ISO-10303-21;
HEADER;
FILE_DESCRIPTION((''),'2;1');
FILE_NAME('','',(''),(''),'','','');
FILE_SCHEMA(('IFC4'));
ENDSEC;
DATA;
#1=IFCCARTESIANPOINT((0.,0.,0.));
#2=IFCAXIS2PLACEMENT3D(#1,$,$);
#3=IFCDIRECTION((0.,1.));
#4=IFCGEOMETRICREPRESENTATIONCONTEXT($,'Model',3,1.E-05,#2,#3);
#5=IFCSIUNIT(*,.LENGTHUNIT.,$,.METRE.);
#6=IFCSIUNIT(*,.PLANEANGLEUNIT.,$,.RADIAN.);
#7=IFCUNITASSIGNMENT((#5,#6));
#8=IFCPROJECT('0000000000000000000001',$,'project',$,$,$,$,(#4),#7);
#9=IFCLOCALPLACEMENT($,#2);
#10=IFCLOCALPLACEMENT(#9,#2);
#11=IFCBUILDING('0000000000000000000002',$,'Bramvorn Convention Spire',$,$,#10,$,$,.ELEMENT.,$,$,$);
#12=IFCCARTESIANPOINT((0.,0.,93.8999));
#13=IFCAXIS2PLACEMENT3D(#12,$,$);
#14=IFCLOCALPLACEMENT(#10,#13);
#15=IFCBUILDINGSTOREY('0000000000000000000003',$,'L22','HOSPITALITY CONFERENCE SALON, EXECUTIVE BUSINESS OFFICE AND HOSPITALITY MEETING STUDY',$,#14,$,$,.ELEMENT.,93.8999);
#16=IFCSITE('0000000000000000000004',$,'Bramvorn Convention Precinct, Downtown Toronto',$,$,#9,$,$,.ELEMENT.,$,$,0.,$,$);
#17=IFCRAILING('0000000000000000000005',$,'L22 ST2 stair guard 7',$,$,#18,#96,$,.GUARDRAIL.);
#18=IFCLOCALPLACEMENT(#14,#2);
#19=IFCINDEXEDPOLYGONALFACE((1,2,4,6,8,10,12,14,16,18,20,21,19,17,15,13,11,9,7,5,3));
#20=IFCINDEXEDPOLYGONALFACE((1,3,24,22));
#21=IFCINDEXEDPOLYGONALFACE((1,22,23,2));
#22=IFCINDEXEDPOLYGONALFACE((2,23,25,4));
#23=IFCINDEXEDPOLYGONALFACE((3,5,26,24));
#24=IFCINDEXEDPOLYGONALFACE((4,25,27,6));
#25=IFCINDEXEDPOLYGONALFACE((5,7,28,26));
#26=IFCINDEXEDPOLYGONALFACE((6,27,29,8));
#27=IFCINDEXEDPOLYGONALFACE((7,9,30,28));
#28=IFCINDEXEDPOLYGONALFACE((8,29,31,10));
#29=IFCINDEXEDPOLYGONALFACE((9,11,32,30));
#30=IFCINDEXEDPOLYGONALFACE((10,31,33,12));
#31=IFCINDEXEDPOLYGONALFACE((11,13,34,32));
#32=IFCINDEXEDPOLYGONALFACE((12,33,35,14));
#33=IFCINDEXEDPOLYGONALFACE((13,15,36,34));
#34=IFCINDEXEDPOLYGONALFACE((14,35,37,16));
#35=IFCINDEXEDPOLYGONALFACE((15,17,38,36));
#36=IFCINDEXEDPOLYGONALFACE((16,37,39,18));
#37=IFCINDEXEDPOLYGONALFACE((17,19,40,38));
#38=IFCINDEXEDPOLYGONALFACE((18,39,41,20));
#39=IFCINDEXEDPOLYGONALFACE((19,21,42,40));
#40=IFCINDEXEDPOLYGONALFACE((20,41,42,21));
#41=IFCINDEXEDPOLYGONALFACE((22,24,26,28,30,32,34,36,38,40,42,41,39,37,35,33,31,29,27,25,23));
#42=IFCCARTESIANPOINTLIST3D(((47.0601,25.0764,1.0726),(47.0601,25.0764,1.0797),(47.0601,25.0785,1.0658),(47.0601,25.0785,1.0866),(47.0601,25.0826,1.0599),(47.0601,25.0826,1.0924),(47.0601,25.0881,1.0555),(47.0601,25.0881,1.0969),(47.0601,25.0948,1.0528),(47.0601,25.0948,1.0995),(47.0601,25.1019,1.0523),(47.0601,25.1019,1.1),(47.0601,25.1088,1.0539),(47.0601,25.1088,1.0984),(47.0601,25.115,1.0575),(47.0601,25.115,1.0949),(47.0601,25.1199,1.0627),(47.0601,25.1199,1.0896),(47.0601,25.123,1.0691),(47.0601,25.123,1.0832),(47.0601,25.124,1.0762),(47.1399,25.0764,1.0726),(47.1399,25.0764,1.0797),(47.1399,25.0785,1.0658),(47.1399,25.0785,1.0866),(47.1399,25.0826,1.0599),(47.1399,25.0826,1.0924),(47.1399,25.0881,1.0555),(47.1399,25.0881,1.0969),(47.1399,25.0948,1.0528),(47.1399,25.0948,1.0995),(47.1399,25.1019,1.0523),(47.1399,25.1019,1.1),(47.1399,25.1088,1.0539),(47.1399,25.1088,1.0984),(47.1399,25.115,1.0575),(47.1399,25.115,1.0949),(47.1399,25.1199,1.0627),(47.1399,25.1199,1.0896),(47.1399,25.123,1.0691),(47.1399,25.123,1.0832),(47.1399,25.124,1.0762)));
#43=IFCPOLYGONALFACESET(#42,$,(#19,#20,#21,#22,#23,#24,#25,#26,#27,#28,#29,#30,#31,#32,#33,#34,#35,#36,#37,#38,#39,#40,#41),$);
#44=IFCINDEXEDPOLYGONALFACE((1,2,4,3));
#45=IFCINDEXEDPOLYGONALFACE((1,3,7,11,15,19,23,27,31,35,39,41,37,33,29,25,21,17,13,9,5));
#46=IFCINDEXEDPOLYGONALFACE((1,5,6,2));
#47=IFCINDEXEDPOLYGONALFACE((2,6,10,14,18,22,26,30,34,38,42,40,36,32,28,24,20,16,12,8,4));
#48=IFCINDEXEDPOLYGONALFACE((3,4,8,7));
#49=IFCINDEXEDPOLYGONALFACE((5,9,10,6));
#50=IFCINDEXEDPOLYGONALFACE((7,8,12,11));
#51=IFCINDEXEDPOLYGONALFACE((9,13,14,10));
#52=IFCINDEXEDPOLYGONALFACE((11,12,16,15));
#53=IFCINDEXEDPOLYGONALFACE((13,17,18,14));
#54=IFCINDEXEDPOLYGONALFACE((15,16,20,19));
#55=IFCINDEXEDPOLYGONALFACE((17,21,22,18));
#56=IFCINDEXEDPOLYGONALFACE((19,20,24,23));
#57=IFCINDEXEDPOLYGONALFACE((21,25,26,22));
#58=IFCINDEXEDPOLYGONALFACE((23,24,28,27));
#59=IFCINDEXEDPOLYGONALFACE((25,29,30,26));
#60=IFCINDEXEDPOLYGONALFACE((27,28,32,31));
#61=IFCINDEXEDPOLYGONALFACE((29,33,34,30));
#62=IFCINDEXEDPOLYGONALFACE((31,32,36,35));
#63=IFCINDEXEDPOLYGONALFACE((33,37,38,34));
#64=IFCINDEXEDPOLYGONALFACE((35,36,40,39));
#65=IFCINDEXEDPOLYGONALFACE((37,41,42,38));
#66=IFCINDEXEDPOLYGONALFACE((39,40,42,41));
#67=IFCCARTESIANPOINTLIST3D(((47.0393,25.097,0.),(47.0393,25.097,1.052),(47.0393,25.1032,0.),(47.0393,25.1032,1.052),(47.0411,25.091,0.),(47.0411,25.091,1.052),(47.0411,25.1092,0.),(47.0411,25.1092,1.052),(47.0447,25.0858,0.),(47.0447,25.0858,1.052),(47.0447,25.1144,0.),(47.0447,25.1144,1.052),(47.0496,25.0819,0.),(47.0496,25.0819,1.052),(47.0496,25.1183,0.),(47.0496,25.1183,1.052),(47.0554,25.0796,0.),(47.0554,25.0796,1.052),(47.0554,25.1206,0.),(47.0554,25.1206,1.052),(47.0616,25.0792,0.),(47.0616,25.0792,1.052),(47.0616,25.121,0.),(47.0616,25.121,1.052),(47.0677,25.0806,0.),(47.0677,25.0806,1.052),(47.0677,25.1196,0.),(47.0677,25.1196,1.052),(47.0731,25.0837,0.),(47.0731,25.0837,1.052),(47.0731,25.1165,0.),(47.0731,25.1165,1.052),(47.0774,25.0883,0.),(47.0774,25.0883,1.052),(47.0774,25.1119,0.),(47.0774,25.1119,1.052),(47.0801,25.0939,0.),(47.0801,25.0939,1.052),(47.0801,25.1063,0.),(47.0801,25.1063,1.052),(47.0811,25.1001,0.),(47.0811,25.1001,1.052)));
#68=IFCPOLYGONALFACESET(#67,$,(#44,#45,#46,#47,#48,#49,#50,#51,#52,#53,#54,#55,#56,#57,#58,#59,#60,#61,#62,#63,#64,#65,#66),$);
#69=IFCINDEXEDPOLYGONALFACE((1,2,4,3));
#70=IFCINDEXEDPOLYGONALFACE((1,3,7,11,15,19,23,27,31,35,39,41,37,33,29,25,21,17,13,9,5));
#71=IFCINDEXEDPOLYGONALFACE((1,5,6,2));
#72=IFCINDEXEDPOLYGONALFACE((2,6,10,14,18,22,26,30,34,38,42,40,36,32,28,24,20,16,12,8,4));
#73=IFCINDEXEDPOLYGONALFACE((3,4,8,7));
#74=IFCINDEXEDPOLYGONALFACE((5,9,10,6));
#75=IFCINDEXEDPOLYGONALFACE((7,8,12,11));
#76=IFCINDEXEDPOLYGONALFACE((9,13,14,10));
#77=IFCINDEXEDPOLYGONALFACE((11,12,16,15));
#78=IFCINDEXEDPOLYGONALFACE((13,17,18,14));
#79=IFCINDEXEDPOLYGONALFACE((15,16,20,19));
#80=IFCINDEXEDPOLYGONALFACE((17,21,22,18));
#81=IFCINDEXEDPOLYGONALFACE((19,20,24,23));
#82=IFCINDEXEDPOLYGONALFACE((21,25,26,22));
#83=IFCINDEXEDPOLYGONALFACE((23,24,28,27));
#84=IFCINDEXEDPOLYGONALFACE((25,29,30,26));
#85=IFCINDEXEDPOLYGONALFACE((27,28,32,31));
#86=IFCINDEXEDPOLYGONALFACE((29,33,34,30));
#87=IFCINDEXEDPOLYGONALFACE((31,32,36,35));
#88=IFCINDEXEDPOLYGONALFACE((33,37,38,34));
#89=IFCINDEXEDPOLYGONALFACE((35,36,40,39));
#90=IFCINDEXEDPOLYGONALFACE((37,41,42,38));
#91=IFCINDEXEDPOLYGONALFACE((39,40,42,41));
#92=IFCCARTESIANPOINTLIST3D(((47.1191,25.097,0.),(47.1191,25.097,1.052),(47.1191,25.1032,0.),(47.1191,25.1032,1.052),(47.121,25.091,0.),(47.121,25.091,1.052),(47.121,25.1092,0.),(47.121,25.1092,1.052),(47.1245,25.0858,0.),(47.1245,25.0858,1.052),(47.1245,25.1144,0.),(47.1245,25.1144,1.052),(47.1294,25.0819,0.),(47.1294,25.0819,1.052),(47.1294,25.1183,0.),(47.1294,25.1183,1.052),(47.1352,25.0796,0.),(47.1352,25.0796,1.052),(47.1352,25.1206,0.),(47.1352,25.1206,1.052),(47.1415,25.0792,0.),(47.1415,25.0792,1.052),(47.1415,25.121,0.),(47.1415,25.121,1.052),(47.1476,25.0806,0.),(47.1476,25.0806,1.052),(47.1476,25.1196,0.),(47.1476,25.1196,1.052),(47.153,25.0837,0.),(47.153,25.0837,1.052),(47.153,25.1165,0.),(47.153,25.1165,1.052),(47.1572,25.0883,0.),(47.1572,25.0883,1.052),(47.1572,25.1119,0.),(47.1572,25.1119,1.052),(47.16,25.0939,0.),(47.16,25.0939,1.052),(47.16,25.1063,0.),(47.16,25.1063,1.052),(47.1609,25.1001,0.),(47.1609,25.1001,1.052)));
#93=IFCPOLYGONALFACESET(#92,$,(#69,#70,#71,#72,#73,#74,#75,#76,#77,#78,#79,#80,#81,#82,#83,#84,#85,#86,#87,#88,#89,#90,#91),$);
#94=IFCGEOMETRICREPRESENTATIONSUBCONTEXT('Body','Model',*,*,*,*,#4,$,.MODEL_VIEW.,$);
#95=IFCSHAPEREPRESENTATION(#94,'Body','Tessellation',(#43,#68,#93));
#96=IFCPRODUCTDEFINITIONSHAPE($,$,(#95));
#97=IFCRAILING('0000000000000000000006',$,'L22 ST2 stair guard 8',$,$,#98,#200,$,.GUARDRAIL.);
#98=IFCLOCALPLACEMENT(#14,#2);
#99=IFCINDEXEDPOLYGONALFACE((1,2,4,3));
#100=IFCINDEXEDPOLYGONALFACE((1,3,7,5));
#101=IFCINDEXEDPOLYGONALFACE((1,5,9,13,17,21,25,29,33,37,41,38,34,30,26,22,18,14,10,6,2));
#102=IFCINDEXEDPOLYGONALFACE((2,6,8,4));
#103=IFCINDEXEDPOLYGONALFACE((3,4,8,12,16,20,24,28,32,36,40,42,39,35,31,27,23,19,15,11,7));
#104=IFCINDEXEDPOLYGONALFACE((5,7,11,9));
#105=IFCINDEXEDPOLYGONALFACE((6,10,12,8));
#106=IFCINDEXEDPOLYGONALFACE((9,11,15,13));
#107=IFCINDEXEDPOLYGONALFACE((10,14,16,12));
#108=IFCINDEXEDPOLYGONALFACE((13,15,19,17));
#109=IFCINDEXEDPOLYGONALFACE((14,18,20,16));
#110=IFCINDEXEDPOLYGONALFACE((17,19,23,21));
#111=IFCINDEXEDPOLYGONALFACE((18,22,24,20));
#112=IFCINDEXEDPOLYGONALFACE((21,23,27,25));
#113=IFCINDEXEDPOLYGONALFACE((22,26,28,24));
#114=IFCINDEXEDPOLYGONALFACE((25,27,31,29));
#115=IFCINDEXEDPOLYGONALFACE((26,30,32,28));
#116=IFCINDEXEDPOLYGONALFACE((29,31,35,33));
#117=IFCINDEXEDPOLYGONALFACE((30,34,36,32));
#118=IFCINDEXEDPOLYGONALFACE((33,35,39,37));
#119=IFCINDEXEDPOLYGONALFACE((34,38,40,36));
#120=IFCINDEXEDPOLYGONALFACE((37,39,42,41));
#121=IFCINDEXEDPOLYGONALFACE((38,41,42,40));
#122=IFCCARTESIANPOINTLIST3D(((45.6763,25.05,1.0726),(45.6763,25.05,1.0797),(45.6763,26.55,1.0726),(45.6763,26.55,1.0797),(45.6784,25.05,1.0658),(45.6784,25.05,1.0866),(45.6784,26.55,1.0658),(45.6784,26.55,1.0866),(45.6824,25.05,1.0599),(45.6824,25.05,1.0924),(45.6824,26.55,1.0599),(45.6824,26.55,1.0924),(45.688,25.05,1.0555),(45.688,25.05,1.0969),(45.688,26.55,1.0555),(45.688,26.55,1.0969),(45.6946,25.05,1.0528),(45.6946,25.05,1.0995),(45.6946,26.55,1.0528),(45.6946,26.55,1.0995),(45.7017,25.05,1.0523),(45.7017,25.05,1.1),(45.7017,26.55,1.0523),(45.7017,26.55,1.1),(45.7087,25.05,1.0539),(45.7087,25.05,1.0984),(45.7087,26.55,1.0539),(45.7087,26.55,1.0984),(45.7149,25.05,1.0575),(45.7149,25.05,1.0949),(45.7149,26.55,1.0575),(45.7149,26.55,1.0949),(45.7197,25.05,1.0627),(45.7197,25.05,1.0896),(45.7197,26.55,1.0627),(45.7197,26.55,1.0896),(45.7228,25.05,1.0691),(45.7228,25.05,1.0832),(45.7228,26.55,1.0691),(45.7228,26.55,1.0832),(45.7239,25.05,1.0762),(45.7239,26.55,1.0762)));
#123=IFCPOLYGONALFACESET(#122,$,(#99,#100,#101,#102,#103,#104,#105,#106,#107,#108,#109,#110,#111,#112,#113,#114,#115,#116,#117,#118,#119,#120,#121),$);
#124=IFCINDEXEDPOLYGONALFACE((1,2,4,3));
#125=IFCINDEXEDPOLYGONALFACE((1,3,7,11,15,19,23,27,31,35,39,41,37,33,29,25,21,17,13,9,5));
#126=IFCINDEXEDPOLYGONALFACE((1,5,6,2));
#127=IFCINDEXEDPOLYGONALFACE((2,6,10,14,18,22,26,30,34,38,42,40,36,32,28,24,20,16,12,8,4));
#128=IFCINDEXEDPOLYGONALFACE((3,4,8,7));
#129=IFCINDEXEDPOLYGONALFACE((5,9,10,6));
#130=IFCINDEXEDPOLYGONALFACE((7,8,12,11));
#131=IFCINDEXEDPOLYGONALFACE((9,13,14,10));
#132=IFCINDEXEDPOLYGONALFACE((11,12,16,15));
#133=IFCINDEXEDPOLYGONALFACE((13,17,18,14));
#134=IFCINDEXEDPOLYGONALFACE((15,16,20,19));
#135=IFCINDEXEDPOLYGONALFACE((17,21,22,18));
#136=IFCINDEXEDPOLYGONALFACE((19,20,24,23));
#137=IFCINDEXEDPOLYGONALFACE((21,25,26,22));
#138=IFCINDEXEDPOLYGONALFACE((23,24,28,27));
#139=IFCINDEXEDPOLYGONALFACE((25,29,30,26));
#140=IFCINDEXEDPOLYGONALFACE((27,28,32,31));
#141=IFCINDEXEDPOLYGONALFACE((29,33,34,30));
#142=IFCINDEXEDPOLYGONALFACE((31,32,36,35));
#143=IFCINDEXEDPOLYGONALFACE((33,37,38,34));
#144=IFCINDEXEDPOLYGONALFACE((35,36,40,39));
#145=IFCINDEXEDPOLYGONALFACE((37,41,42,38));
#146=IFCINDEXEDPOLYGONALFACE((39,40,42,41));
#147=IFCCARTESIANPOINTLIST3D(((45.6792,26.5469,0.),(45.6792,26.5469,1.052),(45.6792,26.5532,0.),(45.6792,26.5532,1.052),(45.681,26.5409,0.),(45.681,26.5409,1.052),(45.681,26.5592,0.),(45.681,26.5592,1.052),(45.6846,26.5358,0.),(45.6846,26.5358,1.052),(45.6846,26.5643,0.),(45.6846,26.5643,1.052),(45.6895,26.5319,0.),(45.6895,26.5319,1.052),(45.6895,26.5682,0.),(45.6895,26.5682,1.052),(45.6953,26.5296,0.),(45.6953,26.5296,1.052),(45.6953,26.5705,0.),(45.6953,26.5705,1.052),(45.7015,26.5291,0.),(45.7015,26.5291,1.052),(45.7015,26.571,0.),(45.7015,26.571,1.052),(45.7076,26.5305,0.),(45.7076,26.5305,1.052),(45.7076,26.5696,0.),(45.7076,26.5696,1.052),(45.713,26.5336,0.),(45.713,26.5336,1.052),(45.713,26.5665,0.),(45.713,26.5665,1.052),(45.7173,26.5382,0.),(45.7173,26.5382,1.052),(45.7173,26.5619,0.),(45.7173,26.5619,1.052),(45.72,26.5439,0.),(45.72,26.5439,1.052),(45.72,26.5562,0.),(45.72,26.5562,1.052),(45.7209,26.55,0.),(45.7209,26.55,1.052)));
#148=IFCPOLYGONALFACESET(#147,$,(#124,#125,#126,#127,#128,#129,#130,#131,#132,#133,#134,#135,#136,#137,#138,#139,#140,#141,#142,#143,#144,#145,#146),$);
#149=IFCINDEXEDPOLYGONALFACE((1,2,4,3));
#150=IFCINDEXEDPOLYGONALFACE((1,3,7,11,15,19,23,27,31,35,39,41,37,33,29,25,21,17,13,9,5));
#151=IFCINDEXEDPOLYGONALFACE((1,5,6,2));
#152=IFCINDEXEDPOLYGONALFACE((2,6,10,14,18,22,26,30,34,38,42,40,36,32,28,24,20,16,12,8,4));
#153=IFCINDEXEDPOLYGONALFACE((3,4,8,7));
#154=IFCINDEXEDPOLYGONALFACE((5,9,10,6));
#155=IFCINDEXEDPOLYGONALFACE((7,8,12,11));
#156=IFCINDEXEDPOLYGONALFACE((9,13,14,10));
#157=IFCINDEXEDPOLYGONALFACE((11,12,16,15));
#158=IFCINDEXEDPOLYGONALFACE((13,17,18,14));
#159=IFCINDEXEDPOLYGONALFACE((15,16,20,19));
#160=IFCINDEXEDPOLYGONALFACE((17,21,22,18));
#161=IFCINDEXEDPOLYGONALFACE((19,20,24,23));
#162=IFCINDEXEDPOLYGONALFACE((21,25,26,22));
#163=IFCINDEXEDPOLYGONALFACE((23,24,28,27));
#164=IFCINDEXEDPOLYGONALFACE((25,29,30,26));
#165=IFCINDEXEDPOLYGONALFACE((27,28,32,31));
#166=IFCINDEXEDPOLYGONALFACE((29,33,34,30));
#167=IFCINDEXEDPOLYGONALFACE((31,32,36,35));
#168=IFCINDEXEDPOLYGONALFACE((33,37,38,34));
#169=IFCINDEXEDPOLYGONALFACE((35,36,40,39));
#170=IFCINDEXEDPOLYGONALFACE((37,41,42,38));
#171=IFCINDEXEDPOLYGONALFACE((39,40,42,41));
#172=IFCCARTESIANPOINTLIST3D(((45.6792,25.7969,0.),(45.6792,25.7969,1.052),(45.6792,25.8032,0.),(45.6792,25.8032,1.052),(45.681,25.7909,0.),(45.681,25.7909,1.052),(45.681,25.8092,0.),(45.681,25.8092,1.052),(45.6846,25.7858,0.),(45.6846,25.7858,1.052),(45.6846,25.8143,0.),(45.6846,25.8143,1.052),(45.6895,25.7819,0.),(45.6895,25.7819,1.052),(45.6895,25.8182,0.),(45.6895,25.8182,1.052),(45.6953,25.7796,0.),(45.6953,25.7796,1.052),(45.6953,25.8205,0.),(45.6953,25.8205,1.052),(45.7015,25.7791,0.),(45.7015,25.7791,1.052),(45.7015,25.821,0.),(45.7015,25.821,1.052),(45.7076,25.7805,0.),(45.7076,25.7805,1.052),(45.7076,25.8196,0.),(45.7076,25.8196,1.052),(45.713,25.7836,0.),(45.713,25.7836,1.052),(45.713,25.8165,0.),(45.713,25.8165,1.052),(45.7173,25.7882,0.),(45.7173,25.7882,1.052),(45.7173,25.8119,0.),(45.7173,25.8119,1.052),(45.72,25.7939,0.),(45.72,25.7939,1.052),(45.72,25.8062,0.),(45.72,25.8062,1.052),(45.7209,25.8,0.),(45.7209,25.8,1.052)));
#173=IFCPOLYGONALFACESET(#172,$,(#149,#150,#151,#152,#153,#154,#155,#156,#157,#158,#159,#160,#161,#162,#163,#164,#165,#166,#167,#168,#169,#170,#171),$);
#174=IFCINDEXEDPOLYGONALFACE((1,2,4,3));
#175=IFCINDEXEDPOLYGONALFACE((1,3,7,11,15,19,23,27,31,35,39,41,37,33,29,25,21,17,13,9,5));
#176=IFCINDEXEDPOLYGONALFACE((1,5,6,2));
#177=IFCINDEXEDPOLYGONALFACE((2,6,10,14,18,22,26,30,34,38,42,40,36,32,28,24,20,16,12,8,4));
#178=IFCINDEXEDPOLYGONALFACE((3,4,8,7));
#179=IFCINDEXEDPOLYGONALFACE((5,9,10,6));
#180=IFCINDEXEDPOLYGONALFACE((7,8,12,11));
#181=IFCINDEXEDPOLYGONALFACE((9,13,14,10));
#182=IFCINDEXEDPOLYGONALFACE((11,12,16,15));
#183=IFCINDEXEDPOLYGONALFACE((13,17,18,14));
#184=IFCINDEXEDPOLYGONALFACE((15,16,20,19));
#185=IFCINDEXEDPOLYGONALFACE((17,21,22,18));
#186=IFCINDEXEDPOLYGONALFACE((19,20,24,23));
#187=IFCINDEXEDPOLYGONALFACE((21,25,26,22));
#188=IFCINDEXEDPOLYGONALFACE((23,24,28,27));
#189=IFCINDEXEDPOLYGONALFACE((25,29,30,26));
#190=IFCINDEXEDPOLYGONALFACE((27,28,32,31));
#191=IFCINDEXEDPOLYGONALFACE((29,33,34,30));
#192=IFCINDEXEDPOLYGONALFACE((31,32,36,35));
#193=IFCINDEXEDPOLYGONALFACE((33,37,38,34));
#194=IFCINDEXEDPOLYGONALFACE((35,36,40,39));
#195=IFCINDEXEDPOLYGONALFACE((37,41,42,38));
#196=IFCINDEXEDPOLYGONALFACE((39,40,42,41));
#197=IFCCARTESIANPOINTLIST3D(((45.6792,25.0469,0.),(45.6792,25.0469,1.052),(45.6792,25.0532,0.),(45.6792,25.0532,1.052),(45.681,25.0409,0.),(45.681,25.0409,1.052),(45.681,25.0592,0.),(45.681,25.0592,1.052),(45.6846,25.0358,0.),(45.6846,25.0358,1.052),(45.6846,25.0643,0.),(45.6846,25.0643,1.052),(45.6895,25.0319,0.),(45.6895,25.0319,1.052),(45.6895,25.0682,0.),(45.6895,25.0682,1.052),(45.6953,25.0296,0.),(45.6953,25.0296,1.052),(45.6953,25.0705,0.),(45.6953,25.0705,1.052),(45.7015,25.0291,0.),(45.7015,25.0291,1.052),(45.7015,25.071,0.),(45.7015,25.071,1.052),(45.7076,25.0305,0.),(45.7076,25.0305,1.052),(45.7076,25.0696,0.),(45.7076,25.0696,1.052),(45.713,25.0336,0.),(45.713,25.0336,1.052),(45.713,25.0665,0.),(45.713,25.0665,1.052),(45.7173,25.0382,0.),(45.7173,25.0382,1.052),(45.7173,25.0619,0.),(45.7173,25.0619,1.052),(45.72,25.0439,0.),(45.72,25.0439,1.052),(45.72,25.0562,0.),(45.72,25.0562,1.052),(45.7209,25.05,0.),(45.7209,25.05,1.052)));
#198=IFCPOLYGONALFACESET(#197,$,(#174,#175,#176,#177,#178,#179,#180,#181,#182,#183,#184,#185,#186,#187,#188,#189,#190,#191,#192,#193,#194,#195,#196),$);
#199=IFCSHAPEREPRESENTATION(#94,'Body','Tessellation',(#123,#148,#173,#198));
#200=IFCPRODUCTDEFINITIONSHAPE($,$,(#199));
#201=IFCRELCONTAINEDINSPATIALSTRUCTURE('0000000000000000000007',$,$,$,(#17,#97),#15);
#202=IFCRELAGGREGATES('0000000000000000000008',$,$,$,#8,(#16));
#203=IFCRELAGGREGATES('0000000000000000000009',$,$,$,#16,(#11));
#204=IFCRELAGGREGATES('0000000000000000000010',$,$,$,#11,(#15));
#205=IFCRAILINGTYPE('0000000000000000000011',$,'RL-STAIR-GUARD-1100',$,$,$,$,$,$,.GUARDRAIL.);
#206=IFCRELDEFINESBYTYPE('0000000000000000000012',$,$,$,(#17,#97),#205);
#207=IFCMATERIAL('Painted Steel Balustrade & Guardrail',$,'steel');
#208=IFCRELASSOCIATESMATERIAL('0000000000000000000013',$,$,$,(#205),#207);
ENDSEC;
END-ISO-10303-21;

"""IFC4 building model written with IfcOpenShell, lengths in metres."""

from ifc_helpers import new_model, si_unit, direction, frame, origin, origin_2d, place, context, subcontext, project, spatial, circle, extrude, material, type_object, element, save


model = new_model("IFC4")

# Units and contexts
model_context = context("Model", 3, precision=1e-05, world=origin(), true_north=direction((0.0, 1.0)))
body_context = subcontext(model_context, "Body", "Model", "MODEL_VIEW")
ifc_project = project(units=[si_unit("LENGTHUNIT", "METRE"), si_unit("PLANEANGLEUNIT", "RADIAN")], contexts=[model_context])

# Site, building, storey
site_placement = place(None, origin())
site = spatial("IfcSite", under=ifc_project, at=site_placement, Name="Bramvorn Convention Precinct, Downtown Toronto", CompositionType="ELEMENT", RefElevation=0.0)
building_placement = place(site_placement, origin())
building = spatial("IfcBuilding", under=site, at=building_placement, Name="Bramvorn Convention Spire", CompositionType="ELEMENT")
storey_placement = place(building_placement, frame((0.0, 0.0, 93.8999)))
storey = spatial("IfcBuildingStorey", under=building, at=storey_placement, Name="L22", Description="HOSPITALITY CONFERENCE SALON, EXECUTIVE BUSINESS OFFICE AND HOSPITALITY MEETING STUDY", CompositionType="ELEMENT", Elevation=93.8999)

# Railings
ifc_material_1 = material(Name="Painted Steel Balustrade & Guardrail", Category="steel")
railing_type_1 = type_object("IfcRailingType", Name="RL-STAIR-GUARD-1100", PredefinedType="GUARDRAIL", material=ifc_material_1)
railing_1_placement = place(storey_placement, frame((47.0601, 25.1001, 0.0)))
element("IfcRailing", 1, at=railing_1_placement, inside=storey, type_object=railing_type_1, Name="L22 ST2 stair guard 7", PredefinedType="GUARDRAIL", context=body_context, shape_type="SweptSolid", body=[
    extrude(circle(Radius=0.0239, at=origin_2d()), frame((0.0, 0.0, 1.0762), z_axis=(1.0, 0.0, 0.0), x_axis=(0.0, 1.0, 0.0)), (0.0, 0.0, 1.0), 0.0798),
    extrude(circle(Radius=0.021, at=origin_2d()), origin(), (0.0, 0.0, 1.0), 1.052),
    extrude(circle(Radius=0.021, at=origin_2d()), frame((0.0798, 0.0, 0.0)), (0.0, 0.0, 1.0), 1.052),
])
railing_2_placement = place(storey_placement, frame((45.7, 26.55, 0.0)))
element("IfcRailing", 2, at=railing_2_placement, inside=storey, type_object=railing_type_1, Name="L22 ST2 stair guard 8", PredefinedType="GUARDRAIL", context=body_context, shape_type="SweptSolid", body=[
    extrude(circle(Radius=0.0239, at=origin_2d()), frame((0.0, 0.0, 1.0762), z_axis=(0.0, -1.0, 0.0), x_axis=(1.0, 0.0, 0.0)), (0.0, 0.0, 1.0), 1.5),
    extrude(circle(Radius=0.021, at=origin_2d()), origin(), (0.0, 0.0, 1.0), 1.052),
    extrude(circle(Radius=0.021, at=origin_2d()), frame((0.0, -0.75, 0.0)), (0.0, 0.0, 1.0), 1.052),
    extrude(circle(Radius=0.021, at=origin_2d()), frame((0.0, -1.5, 0.0)), (0.0, 0.0, 1.0), 1.052),
])

save(model, "model.ifc")
